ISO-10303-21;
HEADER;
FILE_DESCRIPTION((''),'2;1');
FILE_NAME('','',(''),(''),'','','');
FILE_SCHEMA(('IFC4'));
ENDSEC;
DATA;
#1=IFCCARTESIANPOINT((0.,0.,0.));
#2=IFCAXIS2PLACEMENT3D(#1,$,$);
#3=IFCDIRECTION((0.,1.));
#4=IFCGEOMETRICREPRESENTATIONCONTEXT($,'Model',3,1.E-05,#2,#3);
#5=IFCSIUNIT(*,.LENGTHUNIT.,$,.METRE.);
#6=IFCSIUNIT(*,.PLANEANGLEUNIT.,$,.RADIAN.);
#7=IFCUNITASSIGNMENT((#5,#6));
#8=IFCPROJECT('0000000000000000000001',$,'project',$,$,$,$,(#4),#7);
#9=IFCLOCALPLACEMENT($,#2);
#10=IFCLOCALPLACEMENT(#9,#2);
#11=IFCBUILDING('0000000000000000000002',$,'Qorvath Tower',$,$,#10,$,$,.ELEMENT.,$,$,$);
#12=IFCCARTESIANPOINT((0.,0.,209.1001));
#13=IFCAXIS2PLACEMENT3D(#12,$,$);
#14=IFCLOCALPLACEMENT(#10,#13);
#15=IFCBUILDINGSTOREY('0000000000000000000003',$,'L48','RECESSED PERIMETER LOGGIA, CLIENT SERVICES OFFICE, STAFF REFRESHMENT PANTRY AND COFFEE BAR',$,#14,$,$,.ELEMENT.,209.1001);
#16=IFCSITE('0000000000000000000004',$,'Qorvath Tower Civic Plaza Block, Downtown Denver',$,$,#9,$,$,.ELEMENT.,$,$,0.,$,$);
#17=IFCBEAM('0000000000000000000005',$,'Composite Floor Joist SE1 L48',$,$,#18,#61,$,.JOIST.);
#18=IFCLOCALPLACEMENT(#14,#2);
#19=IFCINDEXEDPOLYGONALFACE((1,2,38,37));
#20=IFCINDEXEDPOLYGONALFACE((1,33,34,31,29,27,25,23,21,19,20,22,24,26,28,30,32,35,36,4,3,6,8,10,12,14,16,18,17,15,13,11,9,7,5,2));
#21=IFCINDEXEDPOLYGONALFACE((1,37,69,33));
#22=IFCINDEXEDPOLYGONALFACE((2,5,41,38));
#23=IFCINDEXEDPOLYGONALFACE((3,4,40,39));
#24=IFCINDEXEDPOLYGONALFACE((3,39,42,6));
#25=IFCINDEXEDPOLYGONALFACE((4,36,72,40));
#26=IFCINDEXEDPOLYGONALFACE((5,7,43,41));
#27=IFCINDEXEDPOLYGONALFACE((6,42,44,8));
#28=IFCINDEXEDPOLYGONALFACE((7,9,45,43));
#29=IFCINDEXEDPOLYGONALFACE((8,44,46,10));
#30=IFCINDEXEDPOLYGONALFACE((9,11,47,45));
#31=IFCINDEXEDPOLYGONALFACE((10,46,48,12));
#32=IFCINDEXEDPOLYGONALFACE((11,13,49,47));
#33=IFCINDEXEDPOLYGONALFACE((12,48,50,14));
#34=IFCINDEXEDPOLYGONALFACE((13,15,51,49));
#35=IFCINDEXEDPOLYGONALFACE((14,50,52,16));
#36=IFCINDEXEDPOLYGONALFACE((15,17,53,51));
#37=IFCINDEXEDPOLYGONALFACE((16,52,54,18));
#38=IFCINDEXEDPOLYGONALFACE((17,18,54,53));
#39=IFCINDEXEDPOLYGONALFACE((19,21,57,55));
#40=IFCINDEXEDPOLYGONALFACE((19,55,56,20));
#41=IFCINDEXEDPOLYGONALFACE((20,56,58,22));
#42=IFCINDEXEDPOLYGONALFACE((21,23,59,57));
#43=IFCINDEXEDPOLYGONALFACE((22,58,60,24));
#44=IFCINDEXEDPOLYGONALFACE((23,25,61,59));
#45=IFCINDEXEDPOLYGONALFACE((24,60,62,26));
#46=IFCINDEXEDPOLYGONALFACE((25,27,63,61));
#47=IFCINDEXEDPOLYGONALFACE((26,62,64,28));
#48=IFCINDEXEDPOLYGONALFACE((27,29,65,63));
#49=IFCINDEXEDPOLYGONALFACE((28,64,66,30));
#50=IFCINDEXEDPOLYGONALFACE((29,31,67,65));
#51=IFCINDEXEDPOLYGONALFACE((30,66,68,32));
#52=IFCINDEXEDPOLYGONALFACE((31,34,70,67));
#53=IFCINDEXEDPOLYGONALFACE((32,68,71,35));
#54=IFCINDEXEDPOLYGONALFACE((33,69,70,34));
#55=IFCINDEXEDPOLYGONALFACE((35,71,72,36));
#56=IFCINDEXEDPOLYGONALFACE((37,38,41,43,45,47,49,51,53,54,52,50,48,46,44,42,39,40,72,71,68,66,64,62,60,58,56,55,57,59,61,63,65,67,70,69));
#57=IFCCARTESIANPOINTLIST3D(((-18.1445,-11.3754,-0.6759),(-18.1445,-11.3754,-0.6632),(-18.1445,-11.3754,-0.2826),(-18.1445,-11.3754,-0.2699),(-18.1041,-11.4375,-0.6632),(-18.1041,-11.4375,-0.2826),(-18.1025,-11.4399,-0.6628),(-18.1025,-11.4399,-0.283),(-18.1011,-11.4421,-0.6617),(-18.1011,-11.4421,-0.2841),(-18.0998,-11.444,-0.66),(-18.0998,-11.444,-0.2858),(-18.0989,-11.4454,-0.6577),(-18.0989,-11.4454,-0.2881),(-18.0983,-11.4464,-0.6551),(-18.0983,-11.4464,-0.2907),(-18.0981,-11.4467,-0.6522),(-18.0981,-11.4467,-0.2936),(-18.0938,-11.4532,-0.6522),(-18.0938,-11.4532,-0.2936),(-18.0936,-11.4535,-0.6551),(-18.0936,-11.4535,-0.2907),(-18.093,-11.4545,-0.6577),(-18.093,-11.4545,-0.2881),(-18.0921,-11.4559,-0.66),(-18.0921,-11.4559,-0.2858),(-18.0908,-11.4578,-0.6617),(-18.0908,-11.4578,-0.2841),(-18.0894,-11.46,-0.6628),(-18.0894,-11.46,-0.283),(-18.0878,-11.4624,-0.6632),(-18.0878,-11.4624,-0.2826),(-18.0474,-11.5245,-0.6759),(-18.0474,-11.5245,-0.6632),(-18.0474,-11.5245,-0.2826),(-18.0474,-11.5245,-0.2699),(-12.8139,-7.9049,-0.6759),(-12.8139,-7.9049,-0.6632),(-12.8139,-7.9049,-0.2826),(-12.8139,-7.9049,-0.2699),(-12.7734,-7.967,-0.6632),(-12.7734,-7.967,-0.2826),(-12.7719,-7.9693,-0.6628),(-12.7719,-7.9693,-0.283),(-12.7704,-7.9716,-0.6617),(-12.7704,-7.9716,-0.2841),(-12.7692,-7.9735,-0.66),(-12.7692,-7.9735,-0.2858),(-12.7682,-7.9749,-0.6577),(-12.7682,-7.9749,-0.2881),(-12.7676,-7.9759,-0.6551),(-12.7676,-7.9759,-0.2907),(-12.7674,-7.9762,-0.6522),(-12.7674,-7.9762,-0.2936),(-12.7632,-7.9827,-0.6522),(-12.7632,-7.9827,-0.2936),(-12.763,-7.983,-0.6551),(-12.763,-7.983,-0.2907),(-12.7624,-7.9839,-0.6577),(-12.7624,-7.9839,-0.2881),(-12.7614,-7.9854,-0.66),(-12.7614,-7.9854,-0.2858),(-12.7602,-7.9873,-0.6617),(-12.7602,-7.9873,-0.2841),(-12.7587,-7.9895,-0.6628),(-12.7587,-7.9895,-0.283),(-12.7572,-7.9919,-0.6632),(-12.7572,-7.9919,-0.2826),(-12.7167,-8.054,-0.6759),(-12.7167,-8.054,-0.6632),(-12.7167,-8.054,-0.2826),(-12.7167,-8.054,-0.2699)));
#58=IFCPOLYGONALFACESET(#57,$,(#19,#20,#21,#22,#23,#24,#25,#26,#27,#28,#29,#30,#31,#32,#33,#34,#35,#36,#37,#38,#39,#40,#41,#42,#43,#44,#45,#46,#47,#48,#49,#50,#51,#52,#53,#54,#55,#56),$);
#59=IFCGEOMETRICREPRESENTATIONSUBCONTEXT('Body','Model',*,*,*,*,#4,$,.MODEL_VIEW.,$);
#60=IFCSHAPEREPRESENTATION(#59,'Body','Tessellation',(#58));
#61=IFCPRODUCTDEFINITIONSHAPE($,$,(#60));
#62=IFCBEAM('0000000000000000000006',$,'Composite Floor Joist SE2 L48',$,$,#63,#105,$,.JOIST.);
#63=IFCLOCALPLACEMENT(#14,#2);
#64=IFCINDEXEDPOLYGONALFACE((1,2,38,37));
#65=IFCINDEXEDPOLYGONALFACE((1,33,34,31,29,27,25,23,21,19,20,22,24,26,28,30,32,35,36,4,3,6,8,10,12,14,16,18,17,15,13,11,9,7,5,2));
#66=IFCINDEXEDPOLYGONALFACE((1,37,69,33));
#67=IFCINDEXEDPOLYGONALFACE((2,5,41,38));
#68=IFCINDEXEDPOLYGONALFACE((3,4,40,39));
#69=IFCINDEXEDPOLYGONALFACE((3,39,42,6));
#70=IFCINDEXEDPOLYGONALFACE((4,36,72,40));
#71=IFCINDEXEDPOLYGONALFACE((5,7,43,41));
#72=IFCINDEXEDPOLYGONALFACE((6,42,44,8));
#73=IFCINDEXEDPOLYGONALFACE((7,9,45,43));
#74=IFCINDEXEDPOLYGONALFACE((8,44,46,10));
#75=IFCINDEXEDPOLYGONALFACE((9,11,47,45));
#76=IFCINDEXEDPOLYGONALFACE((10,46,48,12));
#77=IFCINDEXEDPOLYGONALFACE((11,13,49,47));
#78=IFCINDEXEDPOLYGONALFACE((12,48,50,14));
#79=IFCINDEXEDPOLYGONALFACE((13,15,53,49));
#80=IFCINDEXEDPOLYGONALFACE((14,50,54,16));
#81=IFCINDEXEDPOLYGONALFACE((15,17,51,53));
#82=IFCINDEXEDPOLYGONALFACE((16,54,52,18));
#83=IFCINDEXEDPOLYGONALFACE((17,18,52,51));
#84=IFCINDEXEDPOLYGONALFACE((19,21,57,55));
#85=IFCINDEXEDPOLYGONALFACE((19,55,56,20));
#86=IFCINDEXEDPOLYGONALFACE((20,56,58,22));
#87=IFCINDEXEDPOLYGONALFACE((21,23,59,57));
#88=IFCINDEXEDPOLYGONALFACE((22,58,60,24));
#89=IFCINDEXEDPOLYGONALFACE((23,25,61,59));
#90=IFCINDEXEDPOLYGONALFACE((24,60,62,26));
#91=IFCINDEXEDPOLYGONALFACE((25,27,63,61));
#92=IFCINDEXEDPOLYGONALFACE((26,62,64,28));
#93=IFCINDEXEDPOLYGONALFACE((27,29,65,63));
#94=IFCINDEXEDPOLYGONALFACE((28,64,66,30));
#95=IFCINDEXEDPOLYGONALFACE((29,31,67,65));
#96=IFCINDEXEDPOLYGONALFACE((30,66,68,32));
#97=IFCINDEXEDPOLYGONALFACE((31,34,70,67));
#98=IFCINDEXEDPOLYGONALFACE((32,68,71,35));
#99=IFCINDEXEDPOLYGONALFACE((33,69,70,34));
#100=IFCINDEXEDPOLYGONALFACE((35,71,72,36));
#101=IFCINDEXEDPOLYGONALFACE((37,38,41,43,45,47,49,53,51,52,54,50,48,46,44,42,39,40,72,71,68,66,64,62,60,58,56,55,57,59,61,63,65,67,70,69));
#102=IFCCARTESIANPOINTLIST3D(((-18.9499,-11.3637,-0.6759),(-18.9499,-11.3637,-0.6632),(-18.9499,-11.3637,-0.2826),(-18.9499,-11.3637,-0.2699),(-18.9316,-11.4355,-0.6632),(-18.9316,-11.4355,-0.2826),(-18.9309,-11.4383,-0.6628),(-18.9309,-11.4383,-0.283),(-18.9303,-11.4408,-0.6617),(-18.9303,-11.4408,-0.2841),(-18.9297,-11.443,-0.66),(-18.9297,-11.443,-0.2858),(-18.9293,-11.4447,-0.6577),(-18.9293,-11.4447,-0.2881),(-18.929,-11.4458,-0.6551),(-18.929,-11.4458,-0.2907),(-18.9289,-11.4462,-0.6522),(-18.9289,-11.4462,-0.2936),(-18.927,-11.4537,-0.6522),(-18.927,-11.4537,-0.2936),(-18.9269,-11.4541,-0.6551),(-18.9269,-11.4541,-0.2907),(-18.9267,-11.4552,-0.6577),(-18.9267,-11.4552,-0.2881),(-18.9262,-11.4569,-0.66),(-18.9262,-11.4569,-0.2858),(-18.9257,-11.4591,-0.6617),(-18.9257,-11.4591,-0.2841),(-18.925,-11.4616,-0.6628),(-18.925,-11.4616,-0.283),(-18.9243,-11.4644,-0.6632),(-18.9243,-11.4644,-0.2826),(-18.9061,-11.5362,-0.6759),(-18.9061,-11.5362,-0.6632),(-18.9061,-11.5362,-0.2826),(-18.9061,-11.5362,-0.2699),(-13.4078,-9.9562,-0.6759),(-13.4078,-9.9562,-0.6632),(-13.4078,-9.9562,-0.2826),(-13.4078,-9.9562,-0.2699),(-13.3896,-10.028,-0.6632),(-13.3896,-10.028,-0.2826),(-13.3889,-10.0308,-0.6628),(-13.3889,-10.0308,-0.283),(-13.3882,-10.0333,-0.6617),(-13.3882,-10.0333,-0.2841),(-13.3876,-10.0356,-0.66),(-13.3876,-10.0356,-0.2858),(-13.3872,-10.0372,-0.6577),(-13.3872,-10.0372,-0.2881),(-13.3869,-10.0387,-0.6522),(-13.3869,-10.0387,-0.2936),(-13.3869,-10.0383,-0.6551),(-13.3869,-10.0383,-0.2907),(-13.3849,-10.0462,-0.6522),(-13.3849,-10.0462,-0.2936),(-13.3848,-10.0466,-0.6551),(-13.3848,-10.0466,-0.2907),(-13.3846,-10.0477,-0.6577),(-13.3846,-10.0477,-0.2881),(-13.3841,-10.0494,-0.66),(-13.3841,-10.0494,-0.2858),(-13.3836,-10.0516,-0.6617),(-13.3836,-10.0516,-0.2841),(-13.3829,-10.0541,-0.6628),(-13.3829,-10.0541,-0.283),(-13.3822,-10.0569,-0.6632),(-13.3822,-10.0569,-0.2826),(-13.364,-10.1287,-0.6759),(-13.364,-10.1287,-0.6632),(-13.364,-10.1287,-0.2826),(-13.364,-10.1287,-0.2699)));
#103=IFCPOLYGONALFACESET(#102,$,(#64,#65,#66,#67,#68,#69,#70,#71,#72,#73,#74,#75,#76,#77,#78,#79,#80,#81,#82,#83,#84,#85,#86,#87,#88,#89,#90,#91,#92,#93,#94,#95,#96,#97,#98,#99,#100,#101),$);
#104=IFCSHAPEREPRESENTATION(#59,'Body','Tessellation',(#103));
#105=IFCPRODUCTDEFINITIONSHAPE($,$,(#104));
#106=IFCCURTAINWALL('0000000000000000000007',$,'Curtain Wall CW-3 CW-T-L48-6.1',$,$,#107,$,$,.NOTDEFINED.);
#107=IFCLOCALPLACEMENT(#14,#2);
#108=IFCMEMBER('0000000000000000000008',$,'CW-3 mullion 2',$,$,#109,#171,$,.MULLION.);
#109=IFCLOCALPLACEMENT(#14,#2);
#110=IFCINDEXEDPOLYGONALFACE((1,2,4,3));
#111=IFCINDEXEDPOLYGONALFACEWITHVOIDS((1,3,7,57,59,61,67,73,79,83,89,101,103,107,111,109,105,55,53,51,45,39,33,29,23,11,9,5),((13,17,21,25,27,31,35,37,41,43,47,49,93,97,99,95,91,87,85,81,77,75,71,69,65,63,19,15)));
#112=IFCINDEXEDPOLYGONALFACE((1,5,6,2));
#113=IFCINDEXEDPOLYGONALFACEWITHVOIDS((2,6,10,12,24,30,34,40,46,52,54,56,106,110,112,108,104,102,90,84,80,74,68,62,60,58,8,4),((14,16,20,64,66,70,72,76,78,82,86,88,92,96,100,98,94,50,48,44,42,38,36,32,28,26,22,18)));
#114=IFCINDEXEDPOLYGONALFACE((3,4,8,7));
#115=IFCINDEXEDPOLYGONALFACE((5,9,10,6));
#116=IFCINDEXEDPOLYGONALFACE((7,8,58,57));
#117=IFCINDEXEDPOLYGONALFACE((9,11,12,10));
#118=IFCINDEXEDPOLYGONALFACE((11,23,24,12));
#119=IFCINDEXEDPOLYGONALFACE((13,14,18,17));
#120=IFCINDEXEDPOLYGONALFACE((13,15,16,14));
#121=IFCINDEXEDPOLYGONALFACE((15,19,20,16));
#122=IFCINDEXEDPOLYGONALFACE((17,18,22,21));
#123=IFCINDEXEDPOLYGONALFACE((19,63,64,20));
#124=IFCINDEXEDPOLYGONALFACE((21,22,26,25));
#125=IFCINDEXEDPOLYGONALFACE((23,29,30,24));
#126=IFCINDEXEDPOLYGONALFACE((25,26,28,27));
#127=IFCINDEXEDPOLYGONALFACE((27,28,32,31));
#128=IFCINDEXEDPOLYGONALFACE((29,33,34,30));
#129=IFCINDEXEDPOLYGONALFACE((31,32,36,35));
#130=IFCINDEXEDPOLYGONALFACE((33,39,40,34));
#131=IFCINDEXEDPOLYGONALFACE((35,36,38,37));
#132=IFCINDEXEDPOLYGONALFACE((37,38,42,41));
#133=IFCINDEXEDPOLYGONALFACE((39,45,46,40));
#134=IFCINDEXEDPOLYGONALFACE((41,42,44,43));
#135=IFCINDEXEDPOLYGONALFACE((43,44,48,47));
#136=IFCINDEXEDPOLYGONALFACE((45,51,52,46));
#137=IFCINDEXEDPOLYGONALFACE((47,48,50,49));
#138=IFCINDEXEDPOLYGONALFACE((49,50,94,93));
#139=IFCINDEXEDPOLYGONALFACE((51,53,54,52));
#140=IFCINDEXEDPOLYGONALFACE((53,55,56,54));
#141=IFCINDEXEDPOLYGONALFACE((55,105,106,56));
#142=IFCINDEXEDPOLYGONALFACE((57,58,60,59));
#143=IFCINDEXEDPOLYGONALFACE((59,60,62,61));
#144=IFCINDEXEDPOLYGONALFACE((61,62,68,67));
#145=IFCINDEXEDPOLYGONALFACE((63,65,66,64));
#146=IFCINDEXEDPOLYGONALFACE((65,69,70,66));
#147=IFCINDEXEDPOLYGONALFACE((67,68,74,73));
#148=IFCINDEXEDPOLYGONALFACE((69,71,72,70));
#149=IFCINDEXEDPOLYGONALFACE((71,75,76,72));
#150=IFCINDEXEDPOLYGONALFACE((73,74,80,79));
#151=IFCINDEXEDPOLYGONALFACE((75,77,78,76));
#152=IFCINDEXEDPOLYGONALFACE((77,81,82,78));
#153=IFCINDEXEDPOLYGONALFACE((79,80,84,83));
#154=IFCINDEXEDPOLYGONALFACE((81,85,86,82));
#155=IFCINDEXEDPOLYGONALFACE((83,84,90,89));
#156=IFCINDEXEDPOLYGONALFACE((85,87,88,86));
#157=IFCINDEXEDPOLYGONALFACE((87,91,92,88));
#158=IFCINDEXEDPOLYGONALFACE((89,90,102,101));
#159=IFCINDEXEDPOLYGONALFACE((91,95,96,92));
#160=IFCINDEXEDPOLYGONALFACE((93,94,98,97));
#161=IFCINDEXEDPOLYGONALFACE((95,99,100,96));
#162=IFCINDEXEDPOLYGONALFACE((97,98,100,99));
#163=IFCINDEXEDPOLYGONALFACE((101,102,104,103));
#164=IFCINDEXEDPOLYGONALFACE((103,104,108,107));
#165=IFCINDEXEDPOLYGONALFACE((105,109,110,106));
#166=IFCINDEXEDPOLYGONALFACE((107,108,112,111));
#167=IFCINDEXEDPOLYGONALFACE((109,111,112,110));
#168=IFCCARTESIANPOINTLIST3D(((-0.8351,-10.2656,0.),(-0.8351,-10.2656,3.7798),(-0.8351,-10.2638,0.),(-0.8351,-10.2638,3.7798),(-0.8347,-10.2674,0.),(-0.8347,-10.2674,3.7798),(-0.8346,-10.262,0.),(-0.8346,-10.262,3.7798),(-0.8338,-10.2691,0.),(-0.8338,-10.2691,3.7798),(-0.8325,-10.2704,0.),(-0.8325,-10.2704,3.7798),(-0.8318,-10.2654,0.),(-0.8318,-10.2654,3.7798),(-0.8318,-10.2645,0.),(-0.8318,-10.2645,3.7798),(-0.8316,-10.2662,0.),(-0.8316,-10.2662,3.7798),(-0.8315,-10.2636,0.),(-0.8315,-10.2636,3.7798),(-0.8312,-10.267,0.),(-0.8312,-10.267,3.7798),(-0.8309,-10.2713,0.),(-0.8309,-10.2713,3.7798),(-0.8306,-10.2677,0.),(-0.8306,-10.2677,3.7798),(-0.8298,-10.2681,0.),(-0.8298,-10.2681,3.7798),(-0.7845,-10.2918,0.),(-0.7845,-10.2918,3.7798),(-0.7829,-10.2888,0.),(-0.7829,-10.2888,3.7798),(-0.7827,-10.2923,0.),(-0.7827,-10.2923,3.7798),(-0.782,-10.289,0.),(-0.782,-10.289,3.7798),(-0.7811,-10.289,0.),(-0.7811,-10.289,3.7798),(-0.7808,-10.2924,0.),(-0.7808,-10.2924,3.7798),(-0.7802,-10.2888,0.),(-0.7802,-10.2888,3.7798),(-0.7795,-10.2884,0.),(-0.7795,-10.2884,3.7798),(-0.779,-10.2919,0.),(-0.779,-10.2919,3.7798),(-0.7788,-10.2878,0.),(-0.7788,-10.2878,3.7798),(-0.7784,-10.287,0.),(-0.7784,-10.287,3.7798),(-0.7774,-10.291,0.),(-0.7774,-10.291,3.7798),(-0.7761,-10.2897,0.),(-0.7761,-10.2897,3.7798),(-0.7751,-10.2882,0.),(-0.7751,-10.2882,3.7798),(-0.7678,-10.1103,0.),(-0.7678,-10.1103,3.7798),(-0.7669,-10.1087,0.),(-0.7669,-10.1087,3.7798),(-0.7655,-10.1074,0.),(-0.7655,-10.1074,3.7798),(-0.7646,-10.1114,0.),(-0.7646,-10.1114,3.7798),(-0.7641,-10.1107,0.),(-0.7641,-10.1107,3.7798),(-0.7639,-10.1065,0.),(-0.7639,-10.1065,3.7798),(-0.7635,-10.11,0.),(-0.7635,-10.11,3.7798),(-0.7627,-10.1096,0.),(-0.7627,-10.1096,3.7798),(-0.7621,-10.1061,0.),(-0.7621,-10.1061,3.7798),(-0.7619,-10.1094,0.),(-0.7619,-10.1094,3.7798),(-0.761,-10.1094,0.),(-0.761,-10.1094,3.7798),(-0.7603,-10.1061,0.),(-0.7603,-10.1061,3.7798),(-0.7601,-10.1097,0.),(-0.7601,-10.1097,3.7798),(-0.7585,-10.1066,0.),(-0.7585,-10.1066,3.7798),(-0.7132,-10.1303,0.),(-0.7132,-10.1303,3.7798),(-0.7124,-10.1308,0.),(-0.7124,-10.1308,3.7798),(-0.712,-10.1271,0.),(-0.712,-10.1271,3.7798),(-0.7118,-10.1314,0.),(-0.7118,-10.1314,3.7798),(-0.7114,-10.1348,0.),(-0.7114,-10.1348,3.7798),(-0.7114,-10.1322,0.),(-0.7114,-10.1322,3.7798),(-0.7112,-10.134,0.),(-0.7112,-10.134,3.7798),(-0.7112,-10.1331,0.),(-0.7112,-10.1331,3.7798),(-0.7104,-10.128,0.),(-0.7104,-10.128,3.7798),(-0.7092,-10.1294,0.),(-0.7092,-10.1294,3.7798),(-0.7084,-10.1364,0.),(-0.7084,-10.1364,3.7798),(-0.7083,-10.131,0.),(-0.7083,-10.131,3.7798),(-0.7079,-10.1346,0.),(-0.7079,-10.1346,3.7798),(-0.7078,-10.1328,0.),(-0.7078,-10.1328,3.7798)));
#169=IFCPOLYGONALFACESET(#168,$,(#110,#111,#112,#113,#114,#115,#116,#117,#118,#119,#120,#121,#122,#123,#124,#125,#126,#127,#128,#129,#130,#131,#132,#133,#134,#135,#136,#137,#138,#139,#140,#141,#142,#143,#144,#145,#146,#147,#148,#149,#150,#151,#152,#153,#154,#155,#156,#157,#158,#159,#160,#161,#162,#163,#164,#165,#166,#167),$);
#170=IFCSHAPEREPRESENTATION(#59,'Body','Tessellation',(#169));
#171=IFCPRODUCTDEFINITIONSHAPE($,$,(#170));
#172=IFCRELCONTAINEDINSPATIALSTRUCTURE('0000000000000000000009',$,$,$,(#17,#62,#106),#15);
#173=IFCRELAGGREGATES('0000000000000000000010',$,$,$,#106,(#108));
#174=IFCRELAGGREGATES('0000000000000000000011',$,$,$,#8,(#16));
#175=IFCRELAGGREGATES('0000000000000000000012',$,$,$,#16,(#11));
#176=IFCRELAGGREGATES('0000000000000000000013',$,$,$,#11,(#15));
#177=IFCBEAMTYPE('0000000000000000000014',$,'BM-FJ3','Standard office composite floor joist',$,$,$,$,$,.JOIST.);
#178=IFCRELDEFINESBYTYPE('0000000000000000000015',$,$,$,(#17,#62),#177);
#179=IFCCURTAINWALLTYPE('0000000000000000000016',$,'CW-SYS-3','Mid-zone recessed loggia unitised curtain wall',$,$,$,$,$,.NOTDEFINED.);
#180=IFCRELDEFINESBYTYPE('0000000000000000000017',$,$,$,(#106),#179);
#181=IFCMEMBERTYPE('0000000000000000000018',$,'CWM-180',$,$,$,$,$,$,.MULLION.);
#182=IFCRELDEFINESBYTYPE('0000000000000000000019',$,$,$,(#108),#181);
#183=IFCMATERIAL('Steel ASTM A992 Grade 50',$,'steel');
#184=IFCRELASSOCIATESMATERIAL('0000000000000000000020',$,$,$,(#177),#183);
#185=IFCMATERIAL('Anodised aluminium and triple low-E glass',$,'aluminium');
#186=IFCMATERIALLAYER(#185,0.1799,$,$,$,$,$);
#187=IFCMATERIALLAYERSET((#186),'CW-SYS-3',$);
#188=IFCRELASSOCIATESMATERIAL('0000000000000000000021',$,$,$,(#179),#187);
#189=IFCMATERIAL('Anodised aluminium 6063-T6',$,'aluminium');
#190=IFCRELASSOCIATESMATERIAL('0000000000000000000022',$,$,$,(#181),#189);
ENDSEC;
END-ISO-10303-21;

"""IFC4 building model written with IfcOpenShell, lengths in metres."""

from ifc_helpers import new_model, si_unit, direction, frame, origin, origin_2d, place, context, subcontext, project, spatial, hollow_rectangle, i_section, extrude, material, layer, layer_set, material_profile, profile_set, type_object, element, aggregate, save


model = new_model("IFC4")

# Units and contexts
model_context = context("Model", 3, precision=1e-05, world=origin(), true_north=direction((0.0, 1.0)))
body_context = subcontext(model_context, "Body", "Model", "MODEL_VIEW")
ifc_project = project(units=[si_unit("LENGTHUNIT", "METRE"), si_unit("PLANEANGLEUNIT", "RADIAN")], contexts=[model_context])

# Site, building, storey
site_placement = place(None, origin())
site = spatial("IfcSite", under=ifc_project, at=site_placement, Name="Qorvath Tower Civic Plaza Block, Downtown Denver", CompositionType="ELEMENT", RefElevation=0.0)
building_placement = place(site_placement, origin())
building = spatial("IfcBuilding", under=site, at=building_placement, Name="Qorvath Tower", CompositionType="ELEMENT")
storey_placement = place(building_placement, frame((0.0, 0.0, 209.1001)))
storey = spatial("IfcBuildingStorey", under=building, at=storey_placement, Name="L48", Description="RECESSED PERIMETER LOGGIA, CLIENT SERVICES OFFICE, STAFF REFRESHMENT PANTRY AND COFFEE BAR", CompositionType="ELEMENT", Elevation=209.1001)

# Beams
ifc_material_1 = material(Name="Steel ASTM A992 Grade 50", Category="steel")
ifc_material_profile_1 = material_profile(ifc_material_1, i_section(OverallWidth=0.178, OverallDepth=0.406, WebThickness=0.0078, FlangeThickness=0.0127, FilletRadius=0.011, at=origin_2d()), Name="W16x40")
ifc_profile_set_1 = profile_set([ifc_material_profile_1], Name="Steel ASTM A992 Grade 50")
beam_type_1 = type_object("IfcBeamType", Name="BM-FJ3", Description="Standard office composite floor joist", PredefinedType="JOIST", material=ifc_profile_set_1)
beam_1_placement = place(storey_placement, frame((-18.0959, -11.45, -0.4729), z_axis=(0.838042, 0.545606, 0.0), x_axis=(-0.545606, 0.838042, 0.0)))
element("IfcBeam", 1, at=beam_1_placement, inside=storey, type_object=beam_type_1, Name="Composite Floor Joist SE1 L48", PredefinedType="JOIST", context=body_context, shape_type="SweptSolid", body=[
    extrude(i_section(OverallWidth=0.178, OverallDepth=0.406, WebThickness=0.0078, FlangeThickness=0.0127, FilletRadius=0.011, at=origin_2d()), origin(), (0.0, 0.0, 1.0), 6.3608),
])
beam_2_placement = place(storey_placement, frame((-18.928, -11.45, -0.4729), z_axis=(0.969232, 0.246151, 0.0), x_axis=(-0.246151, 0.969232, 0.0)))
element("IfcBeam", 2, at=beam_2_placement, inside=storey, type_object=beam_type_1, Name="Composite Floor Joist SE2 L48", PredefinedType="JOIST", context=body_context, shape_type="SweptSolid", body=[
    extrude(i_section(OverallWidth=0.178, OverallDepth=0.406, WebThickness=0.0078, FlangeThickness=0.0127, FilletRadius=0.011, at=origin_2d()), origin(), (0.0, 0.0, 1.0), 5.718),
])

# Curtain wall, member
ifc_material_2 = material(Name="Anodised aluminium and triple low-E glass", Category="aluminium")
ifc_layer_1 = layer(ifc_material_2, 0.1799)
ifc_layer_set_1 = layer_set([ifc_layer_1], Name="CW-SYS-3")
curtain_wall_type = type_object("IfcCurtainWallType", Name="CW-SYS-3", Description="Mid-zone recessed loggia unitised curtain wall", PredefinedType="NOTDEFINED", material=ifc_layer_set_1)
curtain_wall_1_placement = place(storey_placement, origin())
curtain_wall_1 = element("IfcCurtainWall", 3, at=curtain_wall_1_placement, inside=storey, type_object=curtain_wall_type, Name="Curtain Wall CW-3 CW-T-L48-6.1", PredefinedType="NOTDEFINED")
ifc_material_3 = material(Name="Anodised aluminium 6063-T6", Category="aluminium")
ifc_material_profile_2 = material_profile(ifc_material_3, hollow_rectangle(XDim=0.0649, YDim=0.1799, WallThickness=0.0034, InnerFilletRadius=0.0034, OuterFilletRadius=0.0071, at=origin_2d()), Name="CWM 180x65")
ifc_profile_set_2 = profile_set([ifc_material_profile_2], Name="Anodised aluminium 6063-T6")
member_type_1 = type_object("IfcMemberType", Name="CWM-180", PredefinedType="MULLION", material=ifc_profile_set_2)
member_1_placement = place(storey_placement, frame((-0.7715, -10.1992, 0.0), z_axis=(0.0, 0.0, 1.0), x_axis=(-0.915381, 0.402589, 0.0)))
member_1 = element("IfcMember", 4, at=member_1_placement, type_object=member_type_1, Name="CW-3 mullion 2", PredefinedType="MULLION", context=body_context, shape_type="SweptSolid", body=[
    extrude(hollow_rectangle(XDim=0.0649, YDim=0.1799, WallThickness=0.0034, InnerFilletRadius=0.0034, OuterFilletRadius=0.0071, at=origin_2d()), origin(), (0.0, 0.0, 1.0), 3.7798),
])

aggregate(curtain_wall_1, [member_1])

save(model, "model.ifc")
